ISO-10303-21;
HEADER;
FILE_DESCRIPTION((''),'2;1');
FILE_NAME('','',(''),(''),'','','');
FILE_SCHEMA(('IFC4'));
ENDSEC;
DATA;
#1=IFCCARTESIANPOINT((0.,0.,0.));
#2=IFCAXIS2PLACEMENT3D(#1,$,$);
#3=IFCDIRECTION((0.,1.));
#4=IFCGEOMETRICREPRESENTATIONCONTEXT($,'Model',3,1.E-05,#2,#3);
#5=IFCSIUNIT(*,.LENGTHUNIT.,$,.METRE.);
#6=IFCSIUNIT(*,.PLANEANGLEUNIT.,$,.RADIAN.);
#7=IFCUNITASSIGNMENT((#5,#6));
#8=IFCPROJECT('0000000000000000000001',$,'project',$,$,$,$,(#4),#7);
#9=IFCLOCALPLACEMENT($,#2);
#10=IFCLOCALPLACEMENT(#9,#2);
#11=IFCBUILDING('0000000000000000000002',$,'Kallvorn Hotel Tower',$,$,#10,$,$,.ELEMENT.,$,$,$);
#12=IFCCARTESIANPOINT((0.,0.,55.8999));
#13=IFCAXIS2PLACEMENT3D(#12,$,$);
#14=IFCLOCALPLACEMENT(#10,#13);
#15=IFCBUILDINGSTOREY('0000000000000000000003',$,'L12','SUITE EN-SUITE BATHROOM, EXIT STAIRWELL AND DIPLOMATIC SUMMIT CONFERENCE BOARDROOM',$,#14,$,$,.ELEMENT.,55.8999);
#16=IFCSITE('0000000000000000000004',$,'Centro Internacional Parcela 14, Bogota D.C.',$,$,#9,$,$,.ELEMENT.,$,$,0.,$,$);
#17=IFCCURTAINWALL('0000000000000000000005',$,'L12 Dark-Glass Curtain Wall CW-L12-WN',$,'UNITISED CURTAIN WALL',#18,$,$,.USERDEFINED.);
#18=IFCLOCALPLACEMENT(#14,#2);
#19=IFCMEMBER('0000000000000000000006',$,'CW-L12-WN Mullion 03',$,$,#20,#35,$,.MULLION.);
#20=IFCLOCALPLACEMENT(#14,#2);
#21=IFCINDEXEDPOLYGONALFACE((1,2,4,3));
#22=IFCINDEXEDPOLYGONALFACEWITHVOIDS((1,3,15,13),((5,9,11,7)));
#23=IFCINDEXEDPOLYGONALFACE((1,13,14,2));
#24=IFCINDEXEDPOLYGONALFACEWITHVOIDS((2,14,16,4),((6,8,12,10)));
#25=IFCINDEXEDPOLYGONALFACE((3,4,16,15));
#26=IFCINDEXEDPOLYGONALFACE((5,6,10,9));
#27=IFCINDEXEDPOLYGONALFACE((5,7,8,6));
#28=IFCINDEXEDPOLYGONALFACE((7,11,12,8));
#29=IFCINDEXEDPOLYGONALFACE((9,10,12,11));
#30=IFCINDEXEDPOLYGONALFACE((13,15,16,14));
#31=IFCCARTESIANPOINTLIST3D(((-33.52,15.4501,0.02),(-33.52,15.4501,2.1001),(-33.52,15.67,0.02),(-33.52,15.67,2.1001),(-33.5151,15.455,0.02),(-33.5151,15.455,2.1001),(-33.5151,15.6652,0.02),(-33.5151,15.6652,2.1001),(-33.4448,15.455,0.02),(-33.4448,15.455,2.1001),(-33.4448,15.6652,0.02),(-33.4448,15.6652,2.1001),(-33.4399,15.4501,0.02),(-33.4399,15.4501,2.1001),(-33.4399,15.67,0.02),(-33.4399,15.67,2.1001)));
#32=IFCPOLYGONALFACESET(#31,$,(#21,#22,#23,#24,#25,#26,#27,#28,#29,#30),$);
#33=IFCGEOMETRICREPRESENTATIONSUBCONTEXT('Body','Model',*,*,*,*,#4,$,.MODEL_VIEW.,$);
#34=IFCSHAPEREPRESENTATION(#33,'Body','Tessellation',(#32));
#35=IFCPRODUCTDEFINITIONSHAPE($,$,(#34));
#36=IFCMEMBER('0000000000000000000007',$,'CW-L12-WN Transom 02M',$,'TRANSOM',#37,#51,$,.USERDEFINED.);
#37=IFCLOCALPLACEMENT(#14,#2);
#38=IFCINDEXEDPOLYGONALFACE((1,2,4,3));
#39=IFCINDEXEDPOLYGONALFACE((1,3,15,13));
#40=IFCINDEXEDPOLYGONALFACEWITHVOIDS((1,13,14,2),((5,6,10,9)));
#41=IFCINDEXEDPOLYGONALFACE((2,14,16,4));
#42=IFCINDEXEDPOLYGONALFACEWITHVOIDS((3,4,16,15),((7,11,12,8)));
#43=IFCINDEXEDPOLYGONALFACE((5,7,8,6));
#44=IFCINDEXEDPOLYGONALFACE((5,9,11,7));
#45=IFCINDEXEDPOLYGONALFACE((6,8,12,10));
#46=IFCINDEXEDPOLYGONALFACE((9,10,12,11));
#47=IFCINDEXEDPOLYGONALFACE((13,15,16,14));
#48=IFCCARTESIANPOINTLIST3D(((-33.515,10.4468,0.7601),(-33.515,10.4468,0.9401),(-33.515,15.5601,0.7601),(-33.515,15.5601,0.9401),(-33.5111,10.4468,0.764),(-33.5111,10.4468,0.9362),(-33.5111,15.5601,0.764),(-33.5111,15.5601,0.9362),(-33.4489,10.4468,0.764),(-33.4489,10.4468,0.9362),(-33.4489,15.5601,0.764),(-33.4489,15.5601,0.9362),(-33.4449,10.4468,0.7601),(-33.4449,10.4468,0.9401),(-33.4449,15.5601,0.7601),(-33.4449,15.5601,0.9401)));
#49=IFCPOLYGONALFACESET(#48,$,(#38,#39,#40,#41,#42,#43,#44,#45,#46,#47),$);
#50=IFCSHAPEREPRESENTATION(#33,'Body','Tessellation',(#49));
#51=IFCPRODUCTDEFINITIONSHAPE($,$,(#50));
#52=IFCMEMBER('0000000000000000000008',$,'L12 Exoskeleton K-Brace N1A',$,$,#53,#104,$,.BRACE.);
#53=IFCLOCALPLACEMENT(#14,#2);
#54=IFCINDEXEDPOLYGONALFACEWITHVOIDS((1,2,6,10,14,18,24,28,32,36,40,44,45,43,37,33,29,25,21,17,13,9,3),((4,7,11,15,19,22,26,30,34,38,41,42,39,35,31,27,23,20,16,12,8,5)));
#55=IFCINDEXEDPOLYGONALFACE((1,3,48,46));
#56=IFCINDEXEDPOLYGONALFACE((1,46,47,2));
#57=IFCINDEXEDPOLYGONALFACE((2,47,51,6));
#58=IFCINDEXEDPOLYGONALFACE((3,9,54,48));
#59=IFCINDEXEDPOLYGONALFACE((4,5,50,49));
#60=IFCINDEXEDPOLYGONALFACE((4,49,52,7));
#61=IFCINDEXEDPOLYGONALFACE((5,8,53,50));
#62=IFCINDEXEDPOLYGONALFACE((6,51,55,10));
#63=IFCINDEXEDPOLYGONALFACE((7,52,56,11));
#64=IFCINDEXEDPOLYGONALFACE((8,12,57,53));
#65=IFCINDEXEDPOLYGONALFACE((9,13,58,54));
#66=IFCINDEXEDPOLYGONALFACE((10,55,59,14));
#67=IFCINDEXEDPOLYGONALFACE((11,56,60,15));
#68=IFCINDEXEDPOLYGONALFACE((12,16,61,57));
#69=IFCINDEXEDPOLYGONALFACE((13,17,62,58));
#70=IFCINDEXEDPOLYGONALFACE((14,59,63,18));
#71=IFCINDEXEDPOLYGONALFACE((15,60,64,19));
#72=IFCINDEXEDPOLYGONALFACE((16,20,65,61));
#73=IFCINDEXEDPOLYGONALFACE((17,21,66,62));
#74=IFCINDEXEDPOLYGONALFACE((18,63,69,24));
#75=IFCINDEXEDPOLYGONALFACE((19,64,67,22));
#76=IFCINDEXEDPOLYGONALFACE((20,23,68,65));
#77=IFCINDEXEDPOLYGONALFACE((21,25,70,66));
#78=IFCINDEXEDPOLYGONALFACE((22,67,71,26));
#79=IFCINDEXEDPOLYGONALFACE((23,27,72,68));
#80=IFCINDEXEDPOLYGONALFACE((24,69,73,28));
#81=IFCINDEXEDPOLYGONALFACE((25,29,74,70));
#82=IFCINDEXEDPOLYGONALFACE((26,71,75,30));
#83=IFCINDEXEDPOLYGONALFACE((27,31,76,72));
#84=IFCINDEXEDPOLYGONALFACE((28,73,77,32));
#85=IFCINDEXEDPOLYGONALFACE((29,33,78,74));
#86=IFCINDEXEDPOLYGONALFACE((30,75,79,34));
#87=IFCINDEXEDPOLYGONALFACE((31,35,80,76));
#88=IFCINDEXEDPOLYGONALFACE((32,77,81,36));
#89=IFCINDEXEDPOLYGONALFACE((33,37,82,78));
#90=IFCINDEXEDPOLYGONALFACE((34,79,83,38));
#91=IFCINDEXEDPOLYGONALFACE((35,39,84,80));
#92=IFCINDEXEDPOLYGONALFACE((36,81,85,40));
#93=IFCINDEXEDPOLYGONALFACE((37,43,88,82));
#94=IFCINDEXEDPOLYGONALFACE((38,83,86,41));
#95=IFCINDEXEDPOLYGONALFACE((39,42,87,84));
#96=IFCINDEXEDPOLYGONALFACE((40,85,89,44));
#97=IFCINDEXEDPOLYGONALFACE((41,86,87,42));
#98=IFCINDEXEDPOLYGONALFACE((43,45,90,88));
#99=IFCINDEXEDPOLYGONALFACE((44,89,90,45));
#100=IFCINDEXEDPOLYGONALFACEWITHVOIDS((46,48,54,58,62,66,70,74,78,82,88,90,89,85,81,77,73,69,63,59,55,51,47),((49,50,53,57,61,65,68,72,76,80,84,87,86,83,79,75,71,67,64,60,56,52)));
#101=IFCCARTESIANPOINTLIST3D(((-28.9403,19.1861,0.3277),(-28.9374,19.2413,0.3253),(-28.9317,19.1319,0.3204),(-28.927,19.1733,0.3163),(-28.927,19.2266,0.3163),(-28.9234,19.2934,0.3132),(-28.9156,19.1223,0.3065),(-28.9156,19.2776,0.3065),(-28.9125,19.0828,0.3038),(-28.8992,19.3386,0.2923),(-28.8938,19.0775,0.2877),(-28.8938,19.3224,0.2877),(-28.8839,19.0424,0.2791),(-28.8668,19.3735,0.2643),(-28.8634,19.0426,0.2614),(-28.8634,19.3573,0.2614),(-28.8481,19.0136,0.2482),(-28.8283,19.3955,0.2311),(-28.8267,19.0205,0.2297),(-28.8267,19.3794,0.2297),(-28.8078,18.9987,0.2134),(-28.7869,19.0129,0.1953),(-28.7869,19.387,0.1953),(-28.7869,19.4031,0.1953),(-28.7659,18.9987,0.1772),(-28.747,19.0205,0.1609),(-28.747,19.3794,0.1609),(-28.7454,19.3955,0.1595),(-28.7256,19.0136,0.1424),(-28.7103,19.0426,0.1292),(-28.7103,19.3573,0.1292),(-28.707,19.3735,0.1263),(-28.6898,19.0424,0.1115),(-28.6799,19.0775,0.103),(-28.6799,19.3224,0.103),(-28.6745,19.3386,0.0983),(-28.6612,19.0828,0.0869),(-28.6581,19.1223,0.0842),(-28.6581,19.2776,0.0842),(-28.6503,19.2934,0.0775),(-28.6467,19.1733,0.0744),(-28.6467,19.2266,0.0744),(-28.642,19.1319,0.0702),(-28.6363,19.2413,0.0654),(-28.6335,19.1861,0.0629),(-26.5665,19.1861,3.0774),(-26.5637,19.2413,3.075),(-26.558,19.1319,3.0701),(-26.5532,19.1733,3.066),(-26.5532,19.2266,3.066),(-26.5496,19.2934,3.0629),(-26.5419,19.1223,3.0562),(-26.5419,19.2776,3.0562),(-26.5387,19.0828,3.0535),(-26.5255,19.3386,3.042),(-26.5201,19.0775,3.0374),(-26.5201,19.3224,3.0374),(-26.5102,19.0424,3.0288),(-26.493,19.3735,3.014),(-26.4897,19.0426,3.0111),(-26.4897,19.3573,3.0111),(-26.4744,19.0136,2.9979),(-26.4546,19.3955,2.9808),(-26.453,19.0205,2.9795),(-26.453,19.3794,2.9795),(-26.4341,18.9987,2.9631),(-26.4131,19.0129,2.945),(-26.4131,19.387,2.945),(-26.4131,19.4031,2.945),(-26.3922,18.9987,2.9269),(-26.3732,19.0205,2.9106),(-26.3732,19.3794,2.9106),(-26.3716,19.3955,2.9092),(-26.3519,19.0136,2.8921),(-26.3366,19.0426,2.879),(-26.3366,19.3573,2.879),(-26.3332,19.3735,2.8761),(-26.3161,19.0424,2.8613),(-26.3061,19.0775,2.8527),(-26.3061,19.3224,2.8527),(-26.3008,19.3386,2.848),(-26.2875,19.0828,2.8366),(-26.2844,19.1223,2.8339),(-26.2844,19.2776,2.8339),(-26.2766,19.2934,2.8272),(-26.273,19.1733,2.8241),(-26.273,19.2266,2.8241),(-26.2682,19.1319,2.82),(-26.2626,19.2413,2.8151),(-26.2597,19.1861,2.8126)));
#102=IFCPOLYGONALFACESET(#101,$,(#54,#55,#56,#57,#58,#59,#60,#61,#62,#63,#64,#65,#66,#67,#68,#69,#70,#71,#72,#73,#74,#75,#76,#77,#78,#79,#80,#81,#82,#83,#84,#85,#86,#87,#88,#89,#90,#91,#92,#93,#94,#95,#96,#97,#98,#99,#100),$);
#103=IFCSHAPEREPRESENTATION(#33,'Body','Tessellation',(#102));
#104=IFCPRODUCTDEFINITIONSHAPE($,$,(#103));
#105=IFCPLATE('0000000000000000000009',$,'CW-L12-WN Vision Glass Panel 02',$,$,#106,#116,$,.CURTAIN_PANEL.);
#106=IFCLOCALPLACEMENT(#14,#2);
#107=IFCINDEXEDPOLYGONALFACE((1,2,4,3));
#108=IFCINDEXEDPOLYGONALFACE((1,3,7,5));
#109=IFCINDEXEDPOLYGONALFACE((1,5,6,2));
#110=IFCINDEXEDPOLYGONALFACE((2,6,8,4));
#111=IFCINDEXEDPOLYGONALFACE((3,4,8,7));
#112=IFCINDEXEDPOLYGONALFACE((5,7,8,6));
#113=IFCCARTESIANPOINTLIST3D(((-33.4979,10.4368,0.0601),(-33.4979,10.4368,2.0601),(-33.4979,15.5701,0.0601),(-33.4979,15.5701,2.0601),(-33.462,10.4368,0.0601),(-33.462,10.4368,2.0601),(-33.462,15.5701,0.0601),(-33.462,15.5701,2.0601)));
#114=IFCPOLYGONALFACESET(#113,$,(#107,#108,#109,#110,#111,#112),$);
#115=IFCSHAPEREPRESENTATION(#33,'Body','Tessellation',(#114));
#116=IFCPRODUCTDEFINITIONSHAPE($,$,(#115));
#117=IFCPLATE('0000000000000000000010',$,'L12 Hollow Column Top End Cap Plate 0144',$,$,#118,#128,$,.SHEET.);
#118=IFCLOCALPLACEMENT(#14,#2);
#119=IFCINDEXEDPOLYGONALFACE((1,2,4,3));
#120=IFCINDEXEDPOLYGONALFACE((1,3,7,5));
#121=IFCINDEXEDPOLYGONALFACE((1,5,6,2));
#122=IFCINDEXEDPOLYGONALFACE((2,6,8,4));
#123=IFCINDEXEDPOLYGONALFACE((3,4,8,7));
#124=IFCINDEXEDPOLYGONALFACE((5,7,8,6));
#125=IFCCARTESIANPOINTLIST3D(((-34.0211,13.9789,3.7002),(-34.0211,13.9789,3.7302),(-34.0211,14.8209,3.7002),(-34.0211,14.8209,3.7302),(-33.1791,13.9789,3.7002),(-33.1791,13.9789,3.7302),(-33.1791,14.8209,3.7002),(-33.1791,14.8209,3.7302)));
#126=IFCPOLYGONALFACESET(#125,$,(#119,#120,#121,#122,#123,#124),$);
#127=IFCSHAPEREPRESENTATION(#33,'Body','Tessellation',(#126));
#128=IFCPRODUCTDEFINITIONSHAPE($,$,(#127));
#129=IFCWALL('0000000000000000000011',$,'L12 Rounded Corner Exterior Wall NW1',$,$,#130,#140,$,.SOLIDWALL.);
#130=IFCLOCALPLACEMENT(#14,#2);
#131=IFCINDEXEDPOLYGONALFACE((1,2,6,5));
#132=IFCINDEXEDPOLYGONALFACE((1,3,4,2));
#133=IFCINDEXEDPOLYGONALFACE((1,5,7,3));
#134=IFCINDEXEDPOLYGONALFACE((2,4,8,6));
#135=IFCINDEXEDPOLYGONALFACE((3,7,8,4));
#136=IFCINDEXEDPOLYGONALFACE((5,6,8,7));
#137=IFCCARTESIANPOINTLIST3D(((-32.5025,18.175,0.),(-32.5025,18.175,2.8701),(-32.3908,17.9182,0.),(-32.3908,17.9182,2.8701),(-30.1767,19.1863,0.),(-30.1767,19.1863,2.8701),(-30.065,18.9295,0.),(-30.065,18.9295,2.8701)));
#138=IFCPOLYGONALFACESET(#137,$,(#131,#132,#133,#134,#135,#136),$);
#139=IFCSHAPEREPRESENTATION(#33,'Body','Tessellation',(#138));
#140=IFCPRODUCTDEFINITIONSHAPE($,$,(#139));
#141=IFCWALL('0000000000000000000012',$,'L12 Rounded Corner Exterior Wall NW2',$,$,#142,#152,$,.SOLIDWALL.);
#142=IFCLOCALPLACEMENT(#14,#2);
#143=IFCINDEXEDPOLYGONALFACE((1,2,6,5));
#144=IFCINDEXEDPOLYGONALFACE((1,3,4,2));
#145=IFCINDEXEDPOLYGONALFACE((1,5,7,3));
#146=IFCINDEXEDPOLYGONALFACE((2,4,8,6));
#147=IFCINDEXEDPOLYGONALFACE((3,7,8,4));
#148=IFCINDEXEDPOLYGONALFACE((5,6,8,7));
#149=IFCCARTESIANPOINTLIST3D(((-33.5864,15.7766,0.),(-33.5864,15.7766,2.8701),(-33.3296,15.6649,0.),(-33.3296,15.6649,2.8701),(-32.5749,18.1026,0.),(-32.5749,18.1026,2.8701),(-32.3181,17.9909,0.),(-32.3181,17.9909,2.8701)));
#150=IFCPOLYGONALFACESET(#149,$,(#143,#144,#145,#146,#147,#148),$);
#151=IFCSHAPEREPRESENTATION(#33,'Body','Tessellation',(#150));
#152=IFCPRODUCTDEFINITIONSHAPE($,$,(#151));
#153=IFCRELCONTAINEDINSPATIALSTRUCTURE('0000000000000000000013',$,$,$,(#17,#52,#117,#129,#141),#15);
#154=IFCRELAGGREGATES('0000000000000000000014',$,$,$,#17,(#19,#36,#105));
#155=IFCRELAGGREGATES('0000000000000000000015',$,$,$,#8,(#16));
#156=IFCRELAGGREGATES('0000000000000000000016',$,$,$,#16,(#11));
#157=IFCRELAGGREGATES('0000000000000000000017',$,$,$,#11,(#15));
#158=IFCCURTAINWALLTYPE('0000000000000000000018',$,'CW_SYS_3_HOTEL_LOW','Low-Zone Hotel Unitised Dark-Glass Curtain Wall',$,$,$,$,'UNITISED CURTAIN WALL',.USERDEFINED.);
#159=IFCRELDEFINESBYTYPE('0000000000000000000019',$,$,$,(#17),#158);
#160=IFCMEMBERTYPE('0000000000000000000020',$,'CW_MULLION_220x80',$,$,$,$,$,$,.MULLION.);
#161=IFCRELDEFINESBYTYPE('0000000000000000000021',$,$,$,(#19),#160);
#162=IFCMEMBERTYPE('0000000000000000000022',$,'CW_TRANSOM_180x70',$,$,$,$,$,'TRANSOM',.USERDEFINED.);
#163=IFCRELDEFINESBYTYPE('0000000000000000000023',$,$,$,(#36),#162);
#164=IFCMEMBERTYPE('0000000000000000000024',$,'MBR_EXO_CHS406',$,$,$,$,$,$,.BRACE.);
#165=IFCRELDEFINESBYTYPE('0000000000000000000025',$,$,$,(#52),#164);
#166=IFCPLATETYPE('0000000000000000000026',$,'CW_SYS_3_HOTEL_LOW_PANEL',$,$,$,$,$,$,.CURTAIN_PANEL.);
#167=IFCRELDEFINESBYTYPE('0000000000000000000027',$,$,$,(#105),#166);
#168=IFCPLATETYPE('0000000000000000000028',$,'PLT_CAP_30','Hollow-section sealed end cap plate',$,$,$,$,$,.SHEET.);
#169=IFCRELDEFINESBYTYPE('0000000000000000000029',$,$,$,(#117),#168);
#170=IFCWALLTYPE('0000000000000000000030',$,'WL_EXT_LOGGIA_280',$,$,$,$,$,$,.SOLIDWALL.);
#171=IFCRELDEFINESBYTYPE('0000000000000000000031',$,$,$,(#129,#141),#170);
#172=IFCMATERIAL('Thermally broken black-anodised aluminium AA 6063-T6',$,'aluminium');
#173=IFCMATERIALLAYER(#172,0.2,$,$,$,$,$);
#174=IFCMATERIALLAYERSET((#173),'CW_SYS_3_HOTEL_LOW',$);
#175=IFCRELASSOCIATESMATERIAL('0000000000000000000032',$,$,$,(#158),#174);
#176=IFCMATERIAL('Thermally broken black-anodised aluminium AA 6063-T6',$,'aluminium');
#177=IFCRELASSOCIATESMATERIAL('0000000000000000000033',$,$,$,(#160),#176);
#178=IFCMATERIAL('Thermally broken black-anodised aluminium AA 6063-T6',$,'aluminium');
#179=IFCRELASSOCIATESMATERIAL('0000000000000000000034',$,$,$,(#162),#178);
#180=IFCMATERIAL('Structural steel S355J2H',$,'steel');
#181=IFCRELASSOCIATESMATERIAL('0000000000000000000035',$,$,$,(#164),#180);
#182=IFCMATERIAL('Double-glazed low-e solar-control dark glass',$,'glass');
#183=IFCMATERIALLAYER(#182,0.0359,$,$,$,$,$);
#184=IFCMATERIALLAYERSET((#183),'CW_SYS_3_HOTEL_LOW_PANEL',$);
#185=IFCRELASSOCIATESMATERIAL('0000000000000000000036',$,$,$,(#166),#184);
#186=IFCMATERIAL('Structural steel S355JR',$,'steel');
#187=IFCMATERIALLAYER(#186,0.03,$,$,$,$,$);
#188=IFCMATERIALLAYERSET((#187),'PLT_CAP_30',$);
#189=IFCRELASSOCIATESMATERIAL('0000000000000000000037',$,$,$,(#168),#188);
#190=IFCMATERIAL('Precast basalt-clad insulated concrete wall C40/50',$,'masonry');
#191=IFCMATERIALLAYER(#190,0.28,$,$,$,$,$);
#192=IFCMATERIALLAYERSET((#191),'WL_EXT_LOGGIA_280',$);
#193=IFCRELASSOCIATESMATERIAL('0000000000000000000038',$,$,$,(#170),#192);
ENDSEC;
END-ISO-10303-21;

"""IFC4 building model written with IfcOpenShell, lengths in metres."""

from ifc_helpers import new_model, si_unit, direction, frame, frame_2d, origin, origin_2d, place, context, subcontext, project, spatial, rectangle, hollow_rectangle, hollow_circle, extrude, material, layer, layer_set, material_profile, profile_set, type_object, element, aggregate, save


model = new_model("IFC4")

# Units and contexts
model_context = context("Model", 3, precision=1e-05, world=origin(), true_north=direction((0.0, 1.0)))
body_context = subcontext(model_context, "Body", "Model", "MODEL_VIEW")
ifc_project = project(units=[si_unit("LENGTHUNIT", "METRE"), si_unit("PLANEANGLEUNIT", "RADIAN")], contexts=[model_context])

# Site, building, storey
site_placement = place(None, origin())
site = spatial("IfcSite", under=ifc_project, at=site_placement, Name="Centro Internacional Parcela 14, Bogota D.C.", CompositionType="ELEMENT", RefElevation=0.0)
building_placement = place(site_placement, origin())
building = spatial("IfcBuilding", under=site, at=building_placement, Name="Kallvorn Hotel Tower", CompositionType="ELEMENT")
storey_placement = place(building_placement, frame((0.0, 0.0, 55.8999)))
storey = spatial("IfcBuildingStorey", under=building, at=storey_placement, Name="L12", Description="SUITE EN-SUITE BATHROOM, EXIT STAIRWELL AND DIPLOMATIC SUMMIT CONFERENCE BOARDROOM", CompositionType="ELEMENT", Elevation=55.8999)

# Curtain wall, members
ifc_material_1 = material(Name="Thermally broken black-anodised aluminium AA 6063-T6", Category="aluminium")
ifc_layer_1 = layer(ifc_material_1, 0.2)
ifc_layer_set_1 = layer_set([ifc_layer_1], Name="CW_SYS_3_HOTEL_LOW")
curtain_wall_type = type_object("IfcCurtainWallType", Name="CW_SYS_3_HOTEL_LOW", Description="Low-Zone Hotel Unitised Dark-Glass Curtain Wall", ElementType="UNITISED CURTAIN WALL", PredefinedType="USERDEFINED", material=ifc_layer_set_1)
curtain_wall_placement = place(storey_placement, origin())
curtain_wall = element("IfcCurtainWall", 1, at=curtain_wall_placement, inside=storey, type_object=curtain_wall_type, Name="L12 Dark-Glass Curtain Wall CW-L12-WN", ObjectType="UNITISED CURTAIN WALL", PredefinedType="USERDEFINED")
ifc_material_2 = material(Name="Thermally broken black-anodised aluminium AA 6063-T6", Category="aluminium")
ifc_material_profile_1 = material_profile(ifc_material_2, hollow_rectangle(XDim=0.0801, YDim=0.22, WallThickness=0.0049, at=origin_2d()), Name="MUL 220x80")
ifc_profile_set_1 = profile_set([ifc_material_profile_1], Name="Thermally broken black-anodised aluminium AA 6063-T6")
member_type_1 = type_object("IfcMemberType", Name="CW_MULLION_220x80", PredefinedType="MULLION", material=ifc_profile_set_1)
member_1_placement = place(storey_placement, frame((-33.48, 15.5601, 0.02), z_axis=(0.0, 0.0, 1.0), x_axis=(1.0, 0.0, 0.0)))
member_1 = element("IfcMember", 2, at=member_1_placement, type_object=member_type_1, Name="CW-L12-WN Mullion 03", PredefinedType="MULLION", context=body_context, shape_type="SweptSolid", body=[
    extrude(hollow_rectangle(XDim=0.0801, YDim=0.22, WallThickness=0.0049, at=origin_2d()), origin(), (0.0, 0.0, 1.0), 2.0801),
])
ifc_material_3 = material(Name="Thermally broken black-anodised aluminium AA 6063-T6", Category="aluminium")
ifc_material_profile_2 = material_profile(ifc_material_3, hollow_rectangle(XDim=0.0701, YDim=0.1799, WallThickness=0.0039, at=origin_2d()), Name="TRN 180x70")
ifc_profile_set_2 = profile_set([ifc_material_profile_2], Name="Thermally broken black-anodised aluminium AA 6063-T6")
member_type_2 = type_object("IfcMemberType", Name="CW_TRANSOM_180x70", ElementType="TRANSOM", PredefinedType="USERDEFINED", material=ifc_profile_set_2)
member_2_placement = place(storey_placement, frame((-33.48, 10.4468, 0.8501), z_axis=(0.0, 1.0, 0.0), x_axis=(-1.0, 0.0, 0.0)))
member_2 = element("IfcMember", 3, at=member_2_placement, type_object=member_type_2, Name="CW-L12-WN Transom 02M", ObjectType="TRANSOM", PredefinedType="USERDEFINED", context=body_context, shape_type="SweptSolid", body=[
    extrude(hollow_rectangle(XDim=0.0701, YDim=0.1799, WallThickness=0.0039, at=origin_2d()), origin(), (0.0, 0.0, 1.0), 5.1133),
])

# Member
ifc_material_4 = material(Name="Structural steel S355J2H", Category="steel")
ifc_material_profile_3 = material_profile(ifc_material_4, hollow_circle(Radius=0.2031, WallThickness=0.0161, at=origin_2d()), Name="CHS 406.4x16")
ifc_profile_set_3 = profile_set([ifc_material_profile_3], Name="Structural steel S355J2H")
member_type_3 = type_object("IfcMemberType", Name="MBR_EXO_CHS406", PredefinedType="BRACE", material=ifc_profile_set_3)
member_3_placement = place(storey_placement, frame((-28.7869, 19.2, 0.1953), z_axis=(0.653461, 0.0, 0.756961), x_axis=(0.0, 1.0, 0.0)))
element("IfcMember", 4, at=member_3_placement, inside=storey, type_object=member_type_3, Name="L12 Exoskeleton K-Brace N1A", PredefinedType="BRACE", context=body_context, shape_type="SweptSolid", body=[
    extrude(hollow_circle(Radius=0.2031, WallThickness=0.0161, at=origin_2d()), origin(), (0.0, 0.0, 1.0), 3.6326),
])

# Plates
ifc_material_5 = material(Name="Double-glazed low-e solar-control dark glass", Category="glass")
ifc_layer_2 = layer(ifc_material_5, 0.0359)
ifc_layer_set_2 = layer_set([ifc_layer_2], Name="CW_SYS_3_HOTEL_LOW_PANEL")
plate_type_1 = type_object("IfcPlateType", Name="CW_SYS_3_HOTEL_LOW_PANEL", PredefinedType="CURTAIN_PANEL", material=ifc_layer_set_2)
plate_1_placement = place(storey_placement, frame((-33.48, 13.0034, 0.0601), z_axis=(0.0, 0.0, 1.0), x_axis=(0.0, 1.0, 0.0)))
plate_1 = element("IfcPlate", 5, at=plate_1_placement, type_object=plate_type_1, Name="CW-L12-WN Vision Glass Panel 02", PredefinedType="CURTAIN_PANEL", context=body_context, shape_type="SweptSolid", body=[
    extrude(rectangle(XDim=5.1333, YDim=0.0359, at=origin_2d()), origin(), (0.0, 0.0, 1.0), 2.0),
])
aggregate(curtain_wall, [member_1, member_2, plate_1])
ifc_material_6 = material(Name="Structural steel S355JR", Category="steel")
ifc_layer_3 = layer(ifc_material_6, 0.03)
ifc_layer_set_3 = layer_set([ifc_layer_3], Name="PLT_CAP_30")
plate_type_2 = type_object("IfcPlateType", Name="PLT_CAP_30", Description="Hollow-section sealed end cap plate", PredefinedType="SHEET", material=ifc_layer_set_3)
plate_2_placement = place(storey_placement, frame((-33.6001, 14.3999, 3.7002), z_axis=(0.0, 0.0, 1.0), x_axis=(1.0, 0.0, 0.0)))
element("IfcPlate", 6, at=plate_2_placement, inside=storey, type_object=plate_type_2, Name="L12 Hollow Column Top End Cap Plate 0144", PredefinedType="SHEET", context=body_context, shape_type="SweptSolid", body=[
    extrude(rectangle(XDim=0.842, YDim=0.842, at=origin_2d()), origin(), (0.0, 0.0, 1.0), 0.03),
])

# Walls
ifc_material_7 = material(Name="Precast basalt-clad insulated concrete wall C40/50", Category="masonry")
ifc_layer_4 = layer(ifc_material_7, 0.28)
ifc_layer_set_4 = layer_set([ifc_layer_4], Name="WL_EXT_LOGGIA_280")
wall_type_1 = type_object("IfcWallType", Name="WL_EXT_LOGGIA_280", PredefinedType="SOLIDWALL", material=ifc_layer_set_4)
wall_1_placement = place(storey_placement, frame((-30.1208, 19.0579, 0.0), z_axis=(0.0, 0.0, 1.0), x_axis=(-0.917061, -0.398747, 0.0)))
element("IfcWall", 7, at=wall_1_placement, inside=storey, type_object=wall_type_1, Name="L12 Rounded Corner Exterior Wall NW1", PredefinedType="SOLIDWALL", context=body_context, shape_type="SweptSolid", body=[
    extrude(rectangle(XDim=2.5361, YDim=0.28, at=frame_2d((1.2681, 0.0))), origin(), (0.0, 0.0, 1.0), 2.8701),
])
wall_2_placement = place(storey_placement, frame((-32.4465, 18.0466, 0.0), z_axis=(0.0, 0.0, 1.0), x_axis=(-0.398793, -0.917041, 0.0)))
element("IfcWall", 8, at=wall_2_placement, inside=storey, type_object=wall_type_1, Name="L12 Rounded Corner Exterior Wall NW2", PredefinedType="SOLIDWALL", context=body_context, shape_type="SweptSolid", body=[
    extrude(rectangle(XDim=2.5364, YDim=0.28, at=frame_2d((1.2681, 0.0))), origin(), (0.0, 0.0, 1.0), 2.8701),
])

save(model, "model.ifc")
